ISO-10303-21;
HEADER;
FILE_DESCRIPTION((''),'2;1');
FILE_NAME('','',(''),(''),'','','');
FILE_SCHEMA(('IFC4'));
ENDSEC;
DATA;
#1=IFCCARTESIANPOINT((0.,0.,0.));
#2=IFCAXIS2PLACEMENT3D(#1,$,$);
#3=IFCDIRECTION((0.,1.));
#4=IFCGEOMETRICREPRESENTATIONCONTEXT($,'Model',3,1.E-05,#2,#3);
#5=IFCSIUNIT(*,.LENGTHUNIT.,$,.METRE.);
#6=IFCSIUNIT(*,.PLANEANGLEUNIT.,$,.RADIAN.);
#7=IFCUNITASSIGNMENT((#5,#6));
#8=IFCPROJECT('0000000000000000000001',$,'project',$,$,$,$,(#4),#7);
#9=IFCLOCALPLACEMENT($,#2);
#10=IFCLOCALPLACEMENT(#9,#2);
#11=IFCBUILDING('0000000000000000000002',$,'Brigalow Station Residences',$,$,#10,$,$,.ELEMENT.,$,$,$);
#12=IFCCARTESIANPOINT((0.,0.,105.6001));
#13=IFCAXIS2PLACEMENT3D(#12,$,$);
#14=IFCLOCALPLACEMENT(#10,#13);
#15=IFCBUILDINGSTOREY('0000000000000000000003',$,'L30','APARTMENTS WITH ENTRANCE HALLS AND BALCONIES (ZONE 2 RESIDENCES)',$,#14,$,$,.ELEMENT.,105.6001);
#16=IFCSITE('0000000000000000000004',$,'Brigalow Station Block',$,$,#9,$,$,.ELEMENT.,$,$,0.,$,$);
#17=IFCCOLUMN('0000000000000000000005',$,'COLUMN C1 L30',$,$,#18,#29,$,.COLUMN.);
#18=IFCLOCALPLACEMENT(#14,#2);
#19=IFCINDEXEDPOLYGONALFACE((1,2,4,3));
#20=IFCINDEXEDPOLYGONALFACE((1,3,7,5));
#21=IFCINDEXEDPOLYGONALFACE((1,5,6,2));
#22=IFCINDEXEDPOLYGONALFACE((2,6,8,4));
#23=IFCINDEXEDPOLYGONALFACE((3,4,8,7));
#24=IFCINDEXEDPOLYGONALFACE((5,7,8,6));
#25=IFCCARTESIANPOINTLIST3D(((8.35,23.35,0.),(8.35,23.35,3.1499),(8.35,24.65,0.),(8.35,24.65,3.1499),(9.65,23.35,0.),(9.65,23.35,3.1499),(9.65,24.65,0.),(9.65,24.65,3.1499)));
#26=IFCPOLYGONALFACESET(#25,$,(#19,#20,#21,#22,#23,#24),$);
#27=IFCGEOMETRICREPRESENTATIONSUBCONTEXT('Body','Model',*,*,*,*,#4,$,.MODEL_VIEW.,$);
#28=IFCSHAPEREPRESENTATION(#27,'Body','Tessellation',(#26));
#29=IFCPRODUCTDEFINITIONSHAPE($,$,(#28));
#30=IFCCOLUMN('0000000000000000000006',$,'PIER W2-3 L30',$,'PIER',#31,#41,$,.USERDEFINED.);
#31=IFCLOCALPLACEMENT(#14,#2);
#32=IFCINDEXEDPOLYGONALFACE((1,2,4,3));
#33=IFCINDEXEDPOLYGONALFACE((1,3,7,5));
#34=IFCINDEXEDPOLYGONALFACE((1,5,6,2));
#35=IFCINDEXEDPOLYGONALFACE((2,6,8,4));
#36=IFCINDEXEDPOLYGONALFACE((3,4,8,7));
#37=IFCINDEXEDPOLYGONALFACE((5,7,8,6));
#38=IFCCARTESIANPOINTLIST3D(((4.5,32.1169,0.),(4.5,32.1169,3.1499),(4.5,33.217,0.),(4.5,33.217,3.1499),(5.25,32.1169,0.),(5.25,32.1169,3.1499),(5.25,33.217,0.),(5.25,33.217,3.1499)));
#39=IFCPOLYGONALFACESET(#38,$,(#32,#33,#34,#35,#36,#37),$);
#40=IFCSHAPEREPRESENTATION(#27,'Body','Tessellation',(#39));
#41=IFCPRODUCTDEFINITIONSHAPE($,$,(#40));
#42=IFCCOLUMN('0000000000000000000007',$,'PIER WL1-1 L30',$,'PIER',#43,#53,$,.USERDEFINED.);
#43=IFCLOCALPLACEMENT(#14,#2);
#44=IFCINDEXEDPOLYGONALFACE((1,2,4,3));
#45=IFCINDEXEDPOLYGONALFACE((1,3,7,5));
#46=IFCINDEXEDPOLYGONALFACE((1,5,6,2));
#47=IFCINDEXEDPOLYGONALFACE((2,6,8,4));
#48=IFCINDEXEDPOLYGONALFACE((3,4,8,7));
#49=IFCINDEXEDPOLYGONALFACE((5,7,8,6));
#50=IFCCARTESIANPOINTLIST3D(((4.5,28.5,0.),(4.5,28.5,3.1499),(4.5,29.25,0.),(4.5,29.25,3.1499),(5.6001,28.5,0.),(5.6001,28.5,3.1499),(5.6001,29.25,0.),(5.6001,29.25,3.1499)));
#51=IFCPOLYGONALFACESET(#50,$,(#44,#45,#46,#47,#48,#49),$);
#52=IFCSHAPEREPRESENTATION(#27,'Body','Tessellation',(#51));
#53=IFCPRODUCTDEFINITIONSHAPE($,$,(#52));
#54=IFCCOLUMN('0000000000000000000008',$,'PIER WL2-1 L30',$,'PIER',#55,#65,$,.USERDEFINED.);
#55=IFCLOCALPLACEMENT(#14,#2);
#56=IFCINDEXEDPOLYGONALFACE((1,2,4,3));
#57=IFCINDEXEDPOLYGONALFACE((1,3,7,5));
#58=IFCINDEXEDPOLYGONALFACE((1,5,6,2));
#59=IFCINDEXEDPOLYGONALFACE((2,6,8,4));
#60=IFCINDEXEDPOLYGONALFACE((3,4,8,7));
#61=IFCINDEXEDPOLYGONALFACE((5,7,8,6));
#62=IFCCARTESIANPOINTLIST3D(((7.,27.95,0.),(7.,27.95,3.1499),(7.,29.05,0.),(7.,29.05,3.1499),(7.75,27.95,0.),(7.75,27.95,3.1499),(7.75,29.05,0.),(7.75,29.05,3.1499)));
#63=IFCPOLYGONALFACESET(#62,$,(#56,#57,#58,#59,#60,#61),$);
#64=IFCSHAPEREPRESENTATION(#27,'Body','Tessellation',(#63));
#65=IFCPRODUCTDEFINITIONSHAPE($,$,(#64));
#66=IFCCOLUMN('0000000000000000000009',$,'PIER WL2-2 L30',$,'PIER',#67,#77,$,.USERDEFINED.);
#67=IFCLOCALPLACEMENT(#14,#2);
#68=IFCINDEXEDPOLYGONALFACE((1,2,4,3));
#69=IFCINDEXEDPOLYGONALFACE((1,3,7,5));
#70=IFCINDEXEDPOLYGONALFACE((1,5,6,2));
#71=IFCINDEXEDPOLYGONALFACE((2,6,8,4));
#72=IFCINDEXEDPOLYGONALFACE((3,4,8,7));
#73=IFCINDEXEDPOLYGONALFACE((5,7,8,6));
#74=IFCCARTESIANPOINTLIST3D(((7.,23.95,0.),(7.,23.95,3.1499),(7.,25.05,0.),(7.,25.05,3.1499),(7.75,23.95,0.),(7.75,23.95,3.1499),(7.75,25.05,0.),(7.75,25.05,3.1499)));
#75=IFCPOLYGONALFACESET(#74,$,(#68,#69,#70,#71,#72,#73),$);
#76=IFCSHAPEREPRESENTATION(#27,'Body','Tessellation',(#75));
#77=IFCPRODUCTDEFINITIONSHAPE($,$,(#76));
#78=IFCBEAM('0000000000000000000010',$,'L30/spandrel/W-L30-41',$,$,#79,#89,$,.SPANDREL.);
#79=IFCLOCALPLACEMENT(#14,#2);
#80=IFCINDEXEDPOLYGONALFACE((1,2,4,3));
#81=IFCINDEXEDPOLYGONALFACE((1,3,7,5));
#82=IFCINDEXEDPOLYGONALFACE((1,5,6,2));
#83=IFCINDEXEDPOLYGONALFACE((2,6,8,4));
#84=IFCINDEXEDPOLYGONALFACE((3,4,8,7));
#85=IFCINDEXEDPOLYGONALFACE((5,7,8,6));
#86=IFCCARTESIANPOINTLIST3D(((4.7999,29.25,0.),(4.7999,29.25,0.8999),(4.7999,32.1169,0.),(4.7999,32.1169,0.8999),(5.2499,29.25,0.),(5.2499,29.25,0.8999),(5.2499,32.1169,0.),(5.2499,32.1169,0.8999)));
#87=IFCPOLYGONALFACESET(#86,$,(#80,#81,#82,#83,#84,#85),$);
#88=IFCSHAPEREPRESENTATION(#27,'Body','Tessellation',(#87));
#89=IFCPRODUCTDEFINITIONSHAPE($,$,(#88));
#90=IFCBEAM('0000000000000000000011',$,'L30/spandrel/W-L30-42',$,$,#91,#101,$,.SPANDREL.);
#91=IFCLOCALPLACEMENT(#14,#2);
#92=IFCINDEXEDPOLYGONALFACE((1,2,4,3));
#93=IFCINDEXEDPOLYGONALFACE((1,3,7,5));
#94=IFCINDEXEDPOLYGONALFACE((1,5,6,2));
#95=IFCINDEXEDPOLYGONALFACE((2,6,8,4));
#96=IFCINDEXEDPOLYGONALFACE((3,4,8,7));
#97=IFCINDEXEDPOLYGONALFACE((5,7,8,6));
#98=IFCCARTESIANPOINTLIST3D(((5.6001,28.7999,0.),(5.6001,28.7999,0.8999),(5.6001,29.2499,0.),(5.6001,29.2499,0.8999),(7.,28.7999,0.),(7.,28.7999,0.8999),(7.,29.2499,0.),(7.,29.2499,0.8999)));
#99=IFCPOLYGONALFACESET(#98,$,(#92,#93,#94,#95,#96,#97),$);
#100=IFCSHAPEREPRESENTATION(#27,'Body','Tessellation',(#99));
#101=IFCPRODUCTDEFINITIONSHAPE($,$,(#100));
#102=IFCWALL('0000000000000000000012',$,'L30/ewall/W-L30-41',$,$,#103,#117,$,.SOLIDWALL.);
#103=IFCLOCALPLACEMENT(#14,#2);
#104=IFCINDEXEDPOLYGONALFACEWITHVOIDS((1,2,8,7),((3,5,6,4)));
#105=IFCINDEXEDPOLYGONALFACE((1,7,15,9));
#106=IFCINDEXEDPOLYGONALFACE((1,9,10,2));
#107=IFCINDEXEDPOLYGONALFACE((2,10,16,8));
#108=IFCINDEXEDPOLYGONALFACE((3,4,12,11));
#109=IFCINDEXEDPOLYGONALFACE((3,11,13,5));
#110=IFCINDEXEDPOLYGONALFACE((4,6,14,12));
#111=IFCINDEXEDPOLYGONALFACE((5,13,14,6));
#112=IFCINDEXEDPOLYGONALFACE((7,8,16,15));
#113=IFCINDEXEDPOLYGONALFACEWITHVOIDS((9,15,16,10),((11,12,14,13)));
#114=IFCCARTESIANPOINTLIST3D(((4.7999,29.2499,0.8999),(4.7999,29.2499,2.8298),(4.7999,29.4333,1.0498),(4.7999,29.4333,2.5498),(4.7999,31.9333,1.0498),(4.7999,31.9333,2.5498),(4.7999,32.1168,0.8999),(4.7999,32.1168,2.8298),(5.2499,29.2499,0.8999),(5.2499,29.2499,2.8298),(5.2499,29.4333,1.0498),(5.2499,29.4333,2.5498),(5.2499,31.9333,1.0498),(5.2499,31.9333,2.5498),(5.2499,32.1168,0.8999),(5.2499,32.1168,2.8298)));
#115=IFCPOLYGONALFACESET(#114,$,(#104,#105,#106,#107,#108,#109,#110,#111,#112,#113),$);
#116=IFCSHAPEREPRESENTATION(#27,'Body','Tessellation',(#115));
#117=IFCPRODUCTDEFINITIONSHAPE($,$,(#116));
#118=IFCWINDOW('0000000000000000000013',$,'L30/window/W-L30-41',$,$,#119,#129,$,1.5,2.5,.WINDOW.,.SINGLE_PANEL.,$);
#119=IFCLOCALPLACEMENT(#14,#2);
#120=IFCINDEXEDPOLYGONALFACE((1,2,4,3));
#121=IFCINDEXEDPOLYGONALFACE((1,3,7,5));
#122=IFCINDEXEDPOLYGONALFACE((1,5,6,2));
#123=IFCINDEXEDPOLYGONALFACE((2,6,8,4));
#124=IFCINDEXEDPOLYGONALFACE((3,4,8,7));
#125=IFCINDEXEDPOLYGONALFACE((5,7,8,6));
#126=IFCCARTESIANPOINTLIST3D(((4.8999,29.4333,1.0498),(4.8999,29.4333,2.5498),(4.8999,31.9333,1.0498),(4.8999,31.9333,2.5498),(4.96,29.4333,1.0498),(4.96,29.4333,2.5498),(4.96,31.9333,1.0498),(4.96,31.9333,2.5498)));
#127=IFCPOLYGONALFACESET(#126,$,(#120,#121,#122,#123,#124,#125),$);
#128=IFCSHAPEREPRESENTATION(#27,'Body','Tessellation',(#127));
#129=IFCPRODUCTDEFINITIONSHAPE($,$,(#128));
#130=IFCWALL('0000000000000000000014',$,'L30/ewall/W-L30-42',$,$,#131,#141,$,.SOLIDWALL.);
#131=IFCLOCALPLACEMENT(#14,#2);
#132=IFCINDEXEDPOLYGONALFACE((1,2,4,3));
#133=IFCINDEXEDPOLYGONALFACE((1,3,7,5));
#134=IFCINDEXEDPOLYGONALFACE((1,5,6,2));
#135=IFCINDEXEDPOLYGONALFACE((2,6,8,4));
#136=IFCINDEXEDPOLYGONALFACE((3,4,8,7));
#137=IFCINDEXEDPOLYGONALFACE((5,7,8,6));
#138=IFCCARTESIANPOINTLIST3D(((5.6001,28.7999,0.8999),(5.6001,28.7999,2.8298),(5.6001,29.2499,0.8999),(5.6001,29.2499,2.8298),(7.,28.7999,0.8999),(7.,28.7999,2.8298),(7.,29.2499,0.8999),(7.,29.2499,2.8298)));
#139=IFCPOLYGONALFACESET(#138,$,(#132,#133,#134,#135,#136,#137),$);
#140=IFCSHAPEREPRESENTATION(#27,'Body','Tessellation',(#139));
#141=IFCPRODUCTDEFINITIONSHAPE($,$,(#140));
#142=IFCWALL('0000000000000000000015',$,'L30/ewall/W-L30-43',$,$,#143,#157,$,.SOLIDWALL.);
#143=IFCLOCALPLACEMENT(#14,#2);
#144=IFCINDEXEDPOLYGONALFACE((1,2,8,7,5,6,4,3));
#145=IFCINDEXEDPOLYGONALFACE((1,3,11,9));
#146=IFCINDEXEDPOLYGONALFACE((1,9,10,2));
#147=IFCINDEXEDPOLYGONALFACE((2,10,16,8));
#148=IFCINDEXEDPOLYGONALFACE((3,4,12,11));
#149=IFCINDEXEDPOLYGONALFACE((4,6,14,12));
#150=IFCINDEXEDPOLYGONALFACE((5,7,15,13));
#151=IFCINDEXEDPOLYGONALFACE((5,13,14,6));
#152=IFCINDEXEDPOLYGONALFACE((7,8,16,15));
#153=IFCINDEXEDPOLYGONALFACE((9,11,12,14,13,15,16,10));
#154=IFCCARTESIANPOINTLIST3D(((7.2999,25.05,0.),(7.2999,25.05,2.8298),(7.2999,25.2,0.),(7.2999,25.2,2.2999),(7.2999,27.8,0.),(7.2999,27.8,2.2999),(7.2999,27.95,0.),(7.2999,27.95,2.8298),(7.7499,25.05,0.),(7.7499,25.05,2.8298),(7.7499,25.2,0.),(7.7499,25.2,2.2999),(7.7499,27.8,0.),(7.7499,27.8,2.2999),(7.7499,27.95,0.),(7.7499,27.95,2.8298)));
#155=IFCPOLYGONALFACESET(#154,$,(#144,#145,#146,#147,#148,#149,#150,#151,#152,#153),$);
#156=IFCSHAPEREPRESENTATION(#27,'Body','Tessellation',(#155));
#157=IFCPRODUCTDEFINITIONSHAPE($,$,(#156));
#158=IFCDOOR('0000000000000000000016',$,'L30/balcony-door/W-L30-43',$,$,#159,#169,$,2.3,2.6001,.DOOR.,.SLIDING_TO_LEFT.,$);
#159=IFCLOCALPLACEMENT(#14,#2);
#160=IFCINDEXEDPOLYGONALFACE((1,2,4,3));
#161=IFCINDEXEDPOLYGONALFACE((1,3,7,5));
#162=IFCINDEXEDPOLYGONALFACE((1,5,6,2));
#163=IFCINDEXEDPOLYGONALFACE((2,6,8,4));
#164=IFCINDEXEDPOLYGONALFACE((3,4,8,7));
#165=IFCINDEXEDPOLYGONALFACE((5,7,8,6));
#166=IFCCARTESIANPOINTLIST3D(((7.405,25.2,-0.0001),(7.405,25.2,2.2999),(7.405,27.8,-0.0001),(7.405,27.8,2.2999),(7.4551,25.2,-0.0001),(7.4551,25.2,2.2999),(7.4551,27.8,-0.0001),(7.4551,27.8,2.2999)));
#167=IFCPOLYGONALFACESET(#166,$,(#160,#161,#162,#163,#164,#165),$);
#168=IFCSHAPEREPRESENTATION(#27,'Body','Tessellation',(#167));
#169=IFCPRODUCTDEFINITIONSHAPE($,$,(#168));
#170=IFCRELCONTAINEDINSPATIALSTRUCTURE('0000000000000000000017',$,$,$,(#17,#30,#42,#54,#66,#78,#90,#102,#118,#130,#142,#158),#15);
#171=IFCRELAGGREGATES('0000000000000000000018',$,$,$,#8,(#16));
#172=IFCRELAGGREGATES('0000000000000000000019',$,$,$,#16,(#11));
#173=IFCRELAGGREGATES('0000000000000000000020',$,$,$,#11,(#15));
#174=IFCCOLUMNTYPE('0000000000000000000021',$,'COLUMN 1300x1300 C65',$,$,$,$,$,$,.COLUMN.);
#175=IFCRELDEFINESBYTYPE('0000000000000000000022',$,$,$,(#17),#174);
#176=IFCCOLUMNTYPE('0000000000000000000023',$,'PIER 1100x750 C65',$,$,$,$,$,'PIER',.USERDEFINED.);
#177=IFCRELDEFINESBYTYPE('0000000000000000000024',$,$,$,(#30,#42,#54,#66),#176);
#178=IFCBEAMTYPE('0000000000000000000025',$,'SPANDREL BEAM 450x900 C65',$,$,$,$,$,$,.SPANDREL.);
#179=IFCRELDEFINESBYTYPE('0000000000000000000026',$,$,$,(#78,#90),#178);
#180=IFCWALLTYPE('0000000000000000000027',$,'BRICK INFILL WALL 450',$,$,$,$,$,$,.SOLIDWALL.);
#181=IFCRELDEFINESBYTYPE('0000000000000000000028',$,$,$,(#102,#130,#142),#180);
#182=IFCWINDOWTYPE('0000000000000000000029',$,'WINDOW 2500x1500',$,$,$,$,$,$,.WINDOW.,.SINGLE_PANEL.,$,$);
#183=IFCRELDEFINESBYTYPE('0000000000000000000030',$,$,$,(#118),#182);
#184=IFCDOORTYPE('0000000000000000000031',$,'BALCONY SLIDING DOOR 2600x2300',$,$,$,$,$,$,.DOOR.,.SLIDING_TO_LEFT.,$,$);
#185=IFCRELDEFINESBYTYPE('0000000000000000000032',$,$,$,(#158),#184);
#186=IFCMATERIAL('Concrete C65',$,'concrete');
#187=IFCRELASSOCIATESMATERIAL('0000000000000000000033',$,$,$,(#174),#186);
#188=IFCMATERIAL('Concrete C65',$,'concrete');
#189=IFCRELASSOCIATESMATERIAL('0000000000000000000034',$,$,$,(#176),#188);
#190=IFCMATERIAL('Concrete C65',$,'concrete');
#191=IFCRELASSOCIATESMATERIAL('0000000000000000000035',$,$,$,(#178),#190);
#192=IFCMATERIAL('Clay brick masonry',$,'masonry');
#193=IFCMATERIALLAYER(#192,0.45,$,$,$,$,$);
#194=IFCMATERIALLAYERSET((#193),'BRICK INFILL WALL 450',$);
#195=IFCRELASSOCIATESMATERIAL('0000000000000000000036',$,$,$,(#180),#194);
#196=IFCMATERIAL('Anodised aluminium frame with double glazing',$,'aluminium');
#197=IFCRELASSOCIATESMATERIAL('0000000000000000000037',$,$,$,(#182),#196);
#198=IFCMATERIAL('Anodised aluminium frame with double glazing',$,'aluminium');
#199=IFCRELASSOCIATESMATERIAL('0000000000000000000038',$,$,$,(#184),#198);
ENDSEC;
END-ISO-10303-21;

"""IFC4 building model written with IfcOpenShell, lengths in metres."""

from ifc_helpers import new_model, si_unit, direction, frame, frame_2d, origin, origin_2d, place, context, subcontext, project, spatial, rectangle, extrude, material, layer, layer_set, material_profile, profile_set, type_object, element, fill, save


model = new_model("IFC4")

# Units and contexts
model_context = context("Model", 3, precision=1e-05, world=origin(), true_north=direction((0.0, 1.0)))
body_context = subcontext(model_context, "Body", "Model", "MODEL_VIEW")
ifc_project = project(units=[si_unit("LENGTHUNIT", "METRE"), si_unit("PLANEANGLEUNIT", "RADIAN")], contexts=[model_context])

# Site, building, storey
site_placement = place(None, origin())
site = spatial("IfcSite", under=ifc_project, at=site_placement, Name="Brigalow Station Block", CompositionType="ELEMENT", RefElevation=0.0)
building_placement = place(site_placement, origin())
building = spatial("IfcBuilding", under=site, at=building_placement, Name="Brigalow Station Residences", CompositionType="ELEMENT")
storey_placement = place(building_placement, frame((0.0, 0.0, 105.6001)))
storey = spatial("IfcBuildingStorey", under=building, at=storey_placement, Name="L30", Description="APARTMENTS WITH ENTRANCE HALLS AND BALCONIES (ZONE 2 RESIDENCES)", CompositionType="ELEMENT", Elevation=105.6001)

# Columns
ifc_material_1 = material(Name="Concrete C65", Category="concrete")
ifc_material_profile_1 = material_profile(ifc_material_1, rectangle(XDim=1.3, YDim=1.3, at=origin_2d()), Name="RC1300x1300")
ifc_profile_set_1 = profile_set([ifc_material_profile_1], Name="Concrete C65")
column_type_1 = type_object("IfcColumnType", Name="COLUMN 1300x1300 C65", PredefinedType="COLUMN", material=ifc_profile_set_1)
column_placement = place(storey_placement, frame((9.0, 24.0, 0.0), z_axis=(0.0, 0.0, 1.0), x_axis=(1.0, 0.0, 0.0)))
element("IfcColumn", 1, at=column_placement, inside=storey, type_object=column_type_1, Name="COLUMN C1 L30", PredefinedType="COLUMN", context=body_context, shape_type="SweptSolid", body=[
    extrude(rectangle(XDim=1.3, YDim=1.3, at=origin_2d()), origin(), (0.0, 0.0, 1.0), 3.1499),
])
ifc_material_2 = material(Name="Concrete C65", Category="concrete")
ifc_material_profile_2 = material_profile(ifc_material_2, rectangle(XDim=1.1001, YDim=0.75, at=origin_2d()), Name="RC1100x750")
ifc_profile_set_2 = profile_set([ifc_material_profile_2], Name="Concrete C65")
column_type_2 = type_object("IfcColumnType", Name="PIER 1100x750 C65", ElementType="PIER", PredefinedType="USERDEFINED", material=ifc_profile_set_2)
for number, where, z_axis, x_axis, name in (
    (2, (4.875, 32.667, 0.0), (0.0, 0.0, 1.0), (0.0, -1.0, 0.0), "PIER W2-3 L30"),
    (3, (5.05, 28.875, 0.0), (0.0, 0.0, 1.0), (1.0, 0.0, 0.0), "PIER WL1-1 L30"),
    (4, (7.375, 28.5, 0.0), (0.0, 0.0, 1.0), (0.0, -1.0, 0.0), "PIER WL2-1 L30"),
    (5, (7.375, 24.5, 0.0), (0.0, 0.0, 1.0), (0.0, -1.0, 0.0), "PIER WL2-2 L30"),
):
    element("IfcColumn", number, at=place(storey_placement, frame(where, z_axis=z_axis, x_axis=x_axis)), inside=storey, type_object=column_type_2, Name=name, ObjectType="PIER", PredefinedType="USERDEFINED", context=body_context, shape_type="SweptSolid", body=[
        extrude(rectangle(XDim=1.1001, YDim=0.75, at=origin_2d()), origin(), (0.0, 0.0, 1.0), 3.1499),
    ])

# Beams
ifc_material_3 = material(Name="Concrete C65", Category="concrete")
ifc_material_profile_3 = material_profile(ifc_material_3, rectangle(XDim=0.45, YDim=0.8999, at=origin_2d()), Name="RC450x900")
ifc_profile_set_3 = profile_set([ifc_material_profile_3], Name="Concrete C65")
beam_type = type_object("IfcBeamType", Name="SPANDREL BEAM 450x900 C65", PredefinedType="SPANDREL", material=ifc_profile_set_3)
beam_1_placement = place(storey_placement, frame((5.0249, 32.1169, 0.45), z_axis=(0.0, -1.0, 0.0), x_axis=(1.0, 0.0, 0.0)))
element("IfcBeam", 6, at=beam_1_placement, inside=storey, type_object=beam_type, Name="L30/spandrel/W-L30-41", PredefinedType="SPANDREL", context=body_context, shape_type="SweptSolid", body=[
    extrude(rectangle(XDim=0.45, YDim=0.8999, at=origin_2d()), origin(), (0.0, 0.0, 1.0), 2.8669),
])
beam_2_placement = place(storey_placement, frame((5.6001, 29.0249, 0.45), z_axis=(1.0, 0.0, 0.0), x_axis=(0.0, 1.0, 0.0)))
element("IfcBeam", 7, at=beam_2_placement, inside=storey, type_object=beam_type, Name="L30/spandrel/W-L30-42", PredefinedType="SPANDREL", context=body_context, shape_type="SweptSolid", body=[
    extrude(rectangle(XDim=0.45, YDim=0.8999, at=origin_2d()), origin(), (0.0, 0.0, 1.0), 1.3999),
])

# Wall, opening, window
ifc_material_4 = material(Name="Clay brick masonry", Category="masonry")
ifc_layer_1 = layer(ifc_material_4, 0.45)
ifc_layer_set_1 = layer_set([ifc_layer_1], Name="BRICK INFILL WALL 450")
wall_type_1 = type_object("IfcWallType", Name="BRICK INFILL WALL 450", PredefinedType="SOLIDWALL", material=ifc_layer_set_1)
wall_1_placement = place(storey_placement, frame((5.0249, 32.1169, 0.8999), z_axis=(0.0, 0.0, 1.0), x_axis=(0.0, -1.0, 0.0)))
wall_1 = element("IfcWall", 8, at=wall_1_placement, inside=storey, type_object=wall_type_1, Name="L30/ewall/W-L30-41", PredefinedType="SOLIDWALL", context=body_context, shape_type="SweptSolid", body=[
    extrude(rectangle(XDim=2.8669, YDim=0.45, at=frame_2d((1.4336, 0.0))), origin(), (0.0, 0.0, 1.0), 1.9299),
])
opening_1_placement = place(wall_1_placement, frame((0.1836, 0.0, 0.1499)))
opening_1 = element("IfcOpeningElement", 9, at=opening_1_placement, cuts=wall_1, PredefinedType="OPENING", context=body_context, shape_type="SweptSolid", body=[
    extrude(rectangle(XDim=2.5, YDim=1.5, at=frame_2d((1.25, 0.75))), frame((0.0, 0.2349, 0.0), z_axis=(0.0, -1.0, 0.0), x_axis=(1.0, 0.0, 0.0)), (0.0, 0.0, 1.0), 0.47),
])
ifc_material_5 = material(Name="Anodised aluminium frame with double glazing", Category="aluminium")
window_type = type_object("IfcWindowType", Name="WINDOW 2500x1500", PartitioningType="SINGLE_PANEL", PredefinedType="WINDOW", material=ifc_material_5)
window_placement = place(opening_1_placement, origin())
window = element("IfcWindow", 10, at=window_placement, inside=storey, type_object=window_type, Name="L30/window/W-L30-41", OverallHeight=1.5, OverallWidth=2.5, PartitioningType="SINGLE_PANEL", PredefinedType="WINDOW", context=body_context, shape_type="SweptSolid", body=[
    extrude(rectangle(XDim=2.5, YDim=1.5, at=frame_2d((1.25, 0.75))), frame((0.0, -0.0649, 0.0), z_axis=(0.0, -1.0, 0.0), x_axis=(1.0, 0.0, 0.0)), (0.0, 0.0, 1.0), 0.0601),
])
fill(opening_1, window)

# Wall
wall_2_placement = place(storey_placement, frame((5.6001, 29.0249, 0.8999), z_axis=(0.0, 0.0, 1.0), x_axis=(1.0, 0.0, 0.0)))
element("IfcWall", 11, at=wall_2_placement, inside=storey, type_object=wall_type_1, Name="L30/ewall/W-L30-42", PredefinedType="SOLIDWALL", context=body_context, shape_type="SweptSolid", body=[
    extrude(rectangle(XDim=1.3999, YDim=0.45, at=frame_2d((0.7, 0.0))), origin(), (0.0, 0.0, 1.0), 1.9299),
])

# Wall, opening, door
wall_3_placement = place(storey_placement, frame((7.5249, 27.95, 0.0), z_axis=(0.0, 0.0, 1.0), x_axis=(0.0, -1.0, 0.0)))
wall_3 = element("IfcWall", 12, at=wall_3_placement, inside=storey, type_object=wall_type_1, Name="L30/ewall/W-L30-43", PredefinedType="SOLIDWALL", context=body_context, shape_type="SweptSolid", body=[
    extrude(rectangle(XDim=2.8999, YDim=0.45, at=frame_2d((1.45, 0.0))), origin(), (0.0, 0.0, 1.0), 2.8298),
])
opening_2_placement = place(wall_3_placement, frame((0.1499, 0.0, 0.0)))
opening_2 = element("IfcOpeningElement", 13, at=opening_2_placement, cuts=wall_3, PredefinedType="OPENING", context=body_context, shape_type="SweptSolid", body=[
    extrude(rectangle(XDim=2.6001, YDim=2.3, at=frame_2d((1.3, 1.1499))), frame((0.0, 0.2349, 0.0), z_axis=(0.0, -1.0, 0.0), x_axis=(1.0, 0.0, 0.0)), (0.0, 0.0, 1.0), 0.47),
])
ifc_material_6 = material(Name="Anodised aluminium frame with double glazing", Category="aluminium")
door_type_1 = type_object("IfcDoorType", Name="BALCONY SLIDING DOOR 2600x2300", OperationType="SLIDING_TO_LEFT", PredefinedType="DOOR", material=ifc_material_6)
door_1_placement = place(opening_2_placement, origin())
door_1 = element("IfcDoor", 14, at=door_1_placement, inside=storey, type_object=door_type_1, Name="L30/balcony-door/W-L30-43", OperationType="SLIDING_TO_LEFT", OverallHeight=2.3, OverallWidth=2.6001, PredefinedType="DOOR", context=body_context, shape_type="SweptSolid", body=[
    extrude(rectangle(XDim=2.6001, YDim=2.3, at=frame_2d((1.3, 1.1499))), frame((0.0, -0.0698, 0.0), z_axis=(0.0, -1.0, 0.0), x_axis=(1.0, 0.0, 0.0)), (0.0, 0.0, 1.0), 0.05),
])
fill(opening_2, door_1)

save(model, "model.ifc")
